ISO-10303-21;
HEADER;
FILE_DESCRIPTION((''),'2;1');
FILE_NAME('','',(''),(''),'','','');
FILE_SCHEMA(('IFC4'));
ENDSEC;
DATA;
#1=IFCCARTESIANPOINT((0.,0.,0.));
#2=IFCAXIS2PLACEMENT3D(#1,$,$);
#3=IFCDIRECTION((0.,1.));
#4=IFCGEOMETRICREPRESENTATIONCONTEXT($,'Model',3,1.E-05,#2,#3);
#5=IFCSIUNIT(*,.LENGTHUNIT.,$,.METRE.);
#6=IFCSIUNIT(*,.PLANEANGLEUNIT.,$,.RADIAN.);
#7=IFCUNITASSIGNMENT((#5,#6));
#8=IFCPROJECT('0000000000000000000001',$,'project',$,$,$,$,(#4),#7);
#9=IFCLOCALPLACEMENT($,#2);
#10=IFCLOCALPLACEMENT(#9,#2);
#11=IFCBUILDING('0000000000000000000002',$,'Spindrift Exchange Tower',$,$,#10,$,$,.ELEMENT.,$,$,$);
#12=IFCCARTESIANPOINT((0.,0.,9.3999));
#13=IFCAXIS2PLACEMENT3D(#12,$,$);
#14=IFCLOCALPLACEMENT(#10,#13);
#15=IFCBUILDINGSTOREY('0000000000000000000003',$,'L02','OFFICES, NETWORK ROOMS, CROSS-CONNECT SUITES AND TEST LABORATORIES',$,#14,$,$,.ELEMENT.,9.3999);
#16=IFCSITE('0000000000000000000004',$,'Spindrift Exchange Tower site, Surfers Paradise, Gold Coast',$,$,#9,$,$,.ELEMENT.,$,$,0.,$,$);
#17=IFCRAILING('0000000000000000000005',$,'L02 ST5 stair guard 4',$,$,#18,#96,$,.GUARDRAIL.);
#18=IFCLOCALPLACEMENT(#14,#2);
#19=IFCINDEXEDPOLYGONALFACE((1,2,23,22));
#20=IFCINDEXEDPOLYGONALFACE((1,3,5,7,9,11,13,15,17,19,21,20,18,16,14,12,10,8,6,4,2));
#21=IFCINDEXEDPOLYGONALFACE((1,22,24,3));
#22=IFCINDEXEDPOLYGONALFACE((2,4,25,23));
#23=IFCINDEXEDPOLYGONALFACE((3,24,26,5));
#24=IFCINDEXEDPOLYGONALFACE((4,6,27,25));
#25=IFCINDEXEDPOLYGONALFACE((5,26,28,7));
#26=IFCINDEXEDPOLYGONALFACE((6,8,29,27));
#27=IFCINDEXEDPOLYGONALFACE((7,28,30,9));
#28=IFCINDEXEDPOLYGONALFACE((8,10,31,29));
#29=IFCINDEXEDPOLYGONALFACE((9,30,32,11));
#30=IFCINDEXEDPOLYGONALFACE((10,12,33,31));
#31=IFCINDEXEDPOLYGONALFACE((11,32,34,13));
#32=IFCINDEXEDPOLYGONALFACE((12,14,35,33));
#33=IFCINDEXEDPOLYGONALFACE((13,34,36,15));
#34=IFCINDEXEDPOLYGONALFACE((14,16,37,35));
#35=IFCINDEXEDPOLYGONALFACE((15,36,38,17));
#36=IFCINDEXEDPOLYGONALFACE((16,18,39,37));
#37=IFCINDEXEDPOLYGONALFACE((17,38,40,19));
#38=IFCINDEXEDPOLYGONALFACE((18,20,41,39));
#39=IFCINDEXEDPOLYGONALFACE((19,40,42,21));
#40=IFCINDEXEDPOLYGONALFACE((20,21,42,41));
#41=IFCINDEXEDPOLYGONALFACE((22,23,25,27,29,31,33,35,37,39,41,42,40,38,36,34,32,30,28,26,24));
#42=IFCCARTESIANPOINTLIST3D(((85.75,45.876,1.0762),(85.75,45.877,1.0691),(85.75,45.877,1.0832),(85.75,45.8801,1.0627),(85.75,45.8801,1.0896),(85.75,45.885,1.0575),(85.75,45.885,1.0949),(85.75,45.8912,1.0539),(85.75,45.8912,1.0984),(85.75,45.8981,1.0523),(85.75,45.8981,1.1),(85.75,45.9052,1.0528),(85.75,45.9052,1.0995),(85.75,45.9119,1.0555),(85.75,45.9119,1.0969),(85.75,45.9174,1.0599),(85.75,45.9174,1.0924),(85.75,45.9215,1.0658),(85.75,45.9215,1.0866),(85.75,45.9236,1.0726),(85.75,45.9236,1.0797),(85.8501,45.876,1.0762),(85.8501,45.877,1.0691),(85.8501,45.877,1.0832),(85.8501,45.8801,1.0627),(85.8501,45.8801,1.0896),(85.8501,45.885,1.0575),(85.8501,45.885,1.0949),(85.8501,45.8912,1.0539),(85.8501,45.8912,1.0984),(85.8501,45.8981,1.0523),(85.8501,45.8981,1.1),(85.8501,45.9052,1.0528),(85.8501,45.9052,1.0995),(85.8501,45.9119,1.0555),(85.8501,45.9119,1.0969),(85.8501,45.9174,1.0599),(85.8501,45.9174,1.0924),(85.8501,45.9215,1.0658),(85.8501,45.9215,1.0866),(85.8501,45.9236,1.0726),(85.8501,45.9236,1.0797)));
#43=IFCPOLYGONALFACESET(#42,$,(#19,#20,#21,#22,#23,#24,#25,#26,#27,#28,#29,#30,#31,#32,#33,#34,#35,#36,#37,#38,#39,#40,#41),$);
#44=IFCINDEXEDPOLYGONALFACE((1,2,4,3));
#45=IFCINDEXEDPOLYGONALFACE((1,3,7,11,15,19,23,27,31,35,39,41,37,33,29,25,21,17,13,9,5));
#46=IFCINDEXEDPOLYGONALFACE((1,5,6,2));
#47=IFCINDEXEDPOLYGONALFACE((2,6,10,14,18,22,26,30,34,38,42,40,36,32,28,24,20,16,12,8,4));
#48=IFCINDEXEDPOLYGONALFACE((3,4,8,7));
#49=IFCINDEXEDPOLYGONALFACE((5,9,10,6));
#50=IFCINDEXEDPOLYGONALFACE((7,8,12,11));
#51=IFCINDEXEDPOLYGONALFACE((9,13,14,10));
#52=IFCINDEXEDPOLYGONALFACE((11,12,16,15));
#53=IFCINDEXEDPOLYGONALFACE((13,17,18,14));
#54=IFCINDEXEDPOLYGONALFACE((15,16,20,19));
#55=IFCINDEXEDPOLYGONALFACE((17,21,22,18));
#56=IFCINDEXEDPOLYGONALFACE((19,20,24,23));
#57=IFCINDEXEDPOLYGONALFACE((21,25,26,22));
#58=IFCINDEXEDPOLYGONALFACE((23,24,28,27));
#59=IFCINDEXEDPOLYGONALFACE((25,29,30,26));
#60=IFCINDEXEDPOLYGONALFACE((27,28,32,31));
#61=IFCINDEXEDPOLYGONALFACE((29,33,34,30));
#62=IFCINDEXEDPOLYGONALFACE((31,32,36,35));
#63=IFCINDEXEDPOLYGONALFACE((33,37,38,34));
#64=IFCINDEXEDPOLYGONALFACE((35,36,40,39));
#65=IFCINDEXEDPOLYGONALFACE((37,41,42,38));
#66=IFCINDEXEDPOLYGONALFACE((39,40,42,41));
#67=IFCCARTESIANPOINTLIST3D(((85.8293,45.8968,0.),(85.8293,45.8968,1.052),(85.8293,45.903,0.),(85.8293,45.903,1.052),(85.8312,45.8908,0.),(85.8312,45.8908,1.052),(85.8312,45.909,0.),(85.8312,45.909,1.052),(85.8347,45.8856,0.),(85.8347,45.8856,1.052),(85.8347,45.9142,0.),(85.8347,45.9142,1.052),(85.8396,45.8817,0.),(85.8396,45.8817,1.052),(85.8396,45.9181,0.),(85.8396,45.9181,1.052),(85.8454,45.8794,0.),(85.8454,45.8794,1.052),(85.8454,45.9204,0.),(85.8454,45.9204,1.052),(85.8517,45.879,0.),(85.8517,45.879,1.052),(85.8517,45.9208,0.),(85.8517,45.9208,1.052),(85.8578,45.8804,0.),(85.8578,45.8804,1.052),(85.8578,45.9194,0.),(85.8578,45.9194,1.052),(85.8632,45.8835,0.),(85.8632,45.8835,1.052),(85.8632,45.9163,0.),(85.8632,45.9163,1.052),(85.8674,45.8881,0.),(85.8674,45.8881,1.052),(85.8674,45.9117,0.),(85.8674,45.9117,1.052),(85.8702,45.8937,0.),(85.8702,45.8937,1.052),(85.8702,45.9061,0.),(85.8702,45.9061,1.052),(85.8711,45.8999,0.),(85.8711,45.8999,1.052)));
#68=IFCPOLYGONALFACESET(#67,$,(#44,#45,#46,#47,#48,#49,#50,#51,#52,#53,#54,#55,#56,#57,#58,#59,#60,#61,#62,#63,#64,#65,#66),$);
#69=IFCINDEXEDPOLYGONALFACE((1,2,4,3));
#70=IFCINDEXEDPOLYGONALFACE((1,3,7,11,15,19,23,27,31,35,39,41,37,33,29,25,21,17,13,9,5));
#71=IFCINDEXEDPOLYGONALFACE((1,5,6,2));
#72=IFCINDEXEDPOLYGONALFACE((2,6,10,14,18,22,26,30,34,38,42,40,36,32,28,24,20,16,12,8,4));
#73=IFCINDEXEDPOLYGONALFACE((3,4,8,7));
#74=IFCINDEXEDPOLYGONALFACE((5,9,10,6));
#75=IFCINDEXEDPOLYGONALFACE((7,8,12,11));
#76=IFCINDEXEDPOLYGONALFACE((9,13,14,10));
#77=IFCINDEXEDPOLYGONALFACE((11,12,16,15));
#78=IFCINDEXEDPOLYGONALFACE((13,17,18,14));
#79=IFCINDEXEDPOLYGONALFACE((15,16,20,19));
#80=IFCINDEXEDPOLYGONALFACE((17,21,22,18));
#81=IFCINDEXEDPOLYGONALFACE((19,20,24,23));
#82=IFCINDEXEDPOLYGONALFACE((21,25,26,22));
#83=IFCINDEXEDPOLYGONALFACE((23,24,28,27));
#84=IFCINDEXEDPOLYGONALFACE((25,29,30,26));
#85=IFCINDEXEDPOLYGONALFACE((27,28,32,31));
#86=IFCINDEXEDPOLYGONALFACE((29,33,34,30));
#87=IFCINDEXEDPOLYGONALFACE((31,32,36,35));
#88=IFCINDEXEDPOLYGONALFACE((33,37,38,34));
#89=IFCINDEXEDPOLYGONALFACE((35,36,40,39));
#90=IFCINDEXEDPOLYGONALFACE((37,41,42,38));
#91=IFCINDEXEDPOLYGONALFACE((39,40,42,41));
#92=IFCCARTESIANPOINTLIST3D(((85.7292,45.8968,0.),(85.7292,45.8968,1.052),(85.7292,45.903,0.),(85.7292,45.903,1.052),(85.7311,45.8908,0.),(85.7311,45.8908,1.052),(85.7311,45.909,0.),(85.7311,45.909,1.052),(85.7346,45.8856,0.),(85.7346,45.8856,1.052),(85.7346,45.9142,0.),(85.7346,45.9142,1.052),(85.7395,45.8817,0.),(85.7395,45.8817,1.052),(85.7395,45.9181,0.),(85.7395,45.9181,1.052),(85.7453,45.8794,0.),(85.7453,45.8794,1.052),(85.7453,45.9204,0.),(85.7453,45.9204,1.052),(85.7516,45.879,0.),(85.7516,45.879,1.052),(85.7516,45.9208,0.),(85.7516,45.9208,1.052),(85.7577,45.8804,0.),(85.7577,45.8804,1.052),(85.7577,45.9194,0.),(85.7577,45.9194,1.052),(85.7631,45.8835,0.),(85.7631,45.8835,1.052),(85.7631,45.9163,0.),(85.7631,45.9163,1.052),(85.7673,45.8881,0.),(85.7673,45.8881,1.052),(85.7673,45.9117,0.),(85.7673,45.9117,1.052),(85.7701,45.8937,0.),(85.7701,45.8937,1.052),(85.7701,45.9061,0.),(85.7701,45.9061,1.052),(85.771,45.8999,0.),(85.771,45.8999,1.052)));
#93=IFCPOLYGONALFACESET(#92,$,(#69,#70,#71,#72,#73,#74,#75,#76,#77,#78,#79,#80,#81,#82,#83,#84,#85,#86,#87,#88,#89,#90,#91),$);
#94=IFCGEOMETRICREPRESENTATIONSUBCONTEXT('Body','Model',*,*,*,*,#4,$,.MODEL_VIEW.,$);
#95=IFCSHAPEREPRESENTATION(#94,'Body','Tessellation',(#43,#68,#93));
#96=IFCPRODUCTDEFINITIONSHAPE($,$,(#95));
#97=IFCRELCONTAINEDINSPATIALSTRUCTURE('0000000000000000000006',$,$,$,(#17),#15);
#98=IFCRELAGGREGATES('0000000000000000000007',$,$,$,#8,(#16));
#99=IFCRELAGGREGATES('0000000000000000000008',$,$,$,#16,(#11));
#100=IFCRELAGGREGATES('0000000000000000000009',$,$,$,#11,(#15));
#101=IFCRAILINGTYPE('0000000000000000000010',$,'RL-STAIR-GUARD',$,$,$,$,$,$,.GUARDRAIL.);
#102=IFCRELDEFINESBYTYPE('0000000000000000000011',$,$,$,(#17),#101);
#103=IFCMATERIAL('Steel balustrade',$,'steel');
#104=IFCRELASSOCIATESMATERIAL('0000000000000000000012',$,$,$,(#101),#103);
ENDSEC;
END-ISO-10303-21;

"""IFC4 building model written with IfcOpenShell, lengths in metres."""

from ifc_helpers import new_model, si_unit, direction, frame, origin, origin_2d, place, context, subcontext, project, spatial, circle, extrude, material, type_object, element, save


model = new_model("IFC4")

# Units and contexts
model_context = context("Model", 3, precision=1e-05, world=origin(), true_north=direction((0.0, 1.0)))
body_context = subcontext(model_context, "Body", "Model", "MODEL_VIEW")
ifc_project = project(units=[si_unit("LENGTHUNIT", "METRE"), si_unit("PLANEANGLEUNIT", "RADIAN")], contexts=[model_context])

# Site, building, storey
site_placement = place(None, origin())
site = spatial("IfcSite", under=ifc_project, at=site_placement, Name="Spindrift Exchange Tower site, Surfers Paradise, Gold Coast", CompositionType="ELEMENT", RefElevation=0.0)
building_placement = place(site_placement, origin())
building = spatial("IfcBuilding", under=site, at=building_placement, Name="Spindrift Exchange Tower", CompositionType="ELEMENT")
storey_placement = place(building_placement, frame((0.0, 0.0, 9.3999)))
storey = spatial("IfcBuildingStorey", under=building, at=storey_placement, Name="L02", Description="OFFICES, NETWORK ROOMS, CROSS-CONNECT SUITES AND TEST LABORATORIES", CompositionType="ELEMENT", Elevation=9.3999)

# Railing
ifc_material_1 = material(Name="Steel balustrade", Category="steel")
railing_type_1 = type_object("IfcRailingType", Name="RL-STAIR-GUARD", PredefinedType="GUARDRAIL", material=ifc_material_1)
railing_1_placement = place(storey_placement, frame((85.8501, 45.8999, 0.0)))
element("IfcRailing", 1, at=railing_1_placement, inside=storey, type_object=railing_type_1, Name="L02 ST5 stair guard 4", PredefinedType="GUARDRAIL", context=body_context, shape_type="SweptSolid", body=[
    extrude(circle(Radius=0.0239, at=origin_2d()), frame((0.0, 0.0, 1.0762), z_axis=(-1.0, 0.0, 0.0), x_axis=(0.0, -1.0, 0.0)), (0.0, 0.0, 1.0), 0.1001),
    extrude(circle(Radius=0.021, at=origin_2d()), origin(), (0.0, 0.0, 1.0), 1.052),
    extrude(circle(Radius=0.021, at=origin_2d()), frame((-0.1001, 0.0, 0.0)), (0.0, 0.0, 1.0), 1.052),
])

save(model, "model.ifc")
